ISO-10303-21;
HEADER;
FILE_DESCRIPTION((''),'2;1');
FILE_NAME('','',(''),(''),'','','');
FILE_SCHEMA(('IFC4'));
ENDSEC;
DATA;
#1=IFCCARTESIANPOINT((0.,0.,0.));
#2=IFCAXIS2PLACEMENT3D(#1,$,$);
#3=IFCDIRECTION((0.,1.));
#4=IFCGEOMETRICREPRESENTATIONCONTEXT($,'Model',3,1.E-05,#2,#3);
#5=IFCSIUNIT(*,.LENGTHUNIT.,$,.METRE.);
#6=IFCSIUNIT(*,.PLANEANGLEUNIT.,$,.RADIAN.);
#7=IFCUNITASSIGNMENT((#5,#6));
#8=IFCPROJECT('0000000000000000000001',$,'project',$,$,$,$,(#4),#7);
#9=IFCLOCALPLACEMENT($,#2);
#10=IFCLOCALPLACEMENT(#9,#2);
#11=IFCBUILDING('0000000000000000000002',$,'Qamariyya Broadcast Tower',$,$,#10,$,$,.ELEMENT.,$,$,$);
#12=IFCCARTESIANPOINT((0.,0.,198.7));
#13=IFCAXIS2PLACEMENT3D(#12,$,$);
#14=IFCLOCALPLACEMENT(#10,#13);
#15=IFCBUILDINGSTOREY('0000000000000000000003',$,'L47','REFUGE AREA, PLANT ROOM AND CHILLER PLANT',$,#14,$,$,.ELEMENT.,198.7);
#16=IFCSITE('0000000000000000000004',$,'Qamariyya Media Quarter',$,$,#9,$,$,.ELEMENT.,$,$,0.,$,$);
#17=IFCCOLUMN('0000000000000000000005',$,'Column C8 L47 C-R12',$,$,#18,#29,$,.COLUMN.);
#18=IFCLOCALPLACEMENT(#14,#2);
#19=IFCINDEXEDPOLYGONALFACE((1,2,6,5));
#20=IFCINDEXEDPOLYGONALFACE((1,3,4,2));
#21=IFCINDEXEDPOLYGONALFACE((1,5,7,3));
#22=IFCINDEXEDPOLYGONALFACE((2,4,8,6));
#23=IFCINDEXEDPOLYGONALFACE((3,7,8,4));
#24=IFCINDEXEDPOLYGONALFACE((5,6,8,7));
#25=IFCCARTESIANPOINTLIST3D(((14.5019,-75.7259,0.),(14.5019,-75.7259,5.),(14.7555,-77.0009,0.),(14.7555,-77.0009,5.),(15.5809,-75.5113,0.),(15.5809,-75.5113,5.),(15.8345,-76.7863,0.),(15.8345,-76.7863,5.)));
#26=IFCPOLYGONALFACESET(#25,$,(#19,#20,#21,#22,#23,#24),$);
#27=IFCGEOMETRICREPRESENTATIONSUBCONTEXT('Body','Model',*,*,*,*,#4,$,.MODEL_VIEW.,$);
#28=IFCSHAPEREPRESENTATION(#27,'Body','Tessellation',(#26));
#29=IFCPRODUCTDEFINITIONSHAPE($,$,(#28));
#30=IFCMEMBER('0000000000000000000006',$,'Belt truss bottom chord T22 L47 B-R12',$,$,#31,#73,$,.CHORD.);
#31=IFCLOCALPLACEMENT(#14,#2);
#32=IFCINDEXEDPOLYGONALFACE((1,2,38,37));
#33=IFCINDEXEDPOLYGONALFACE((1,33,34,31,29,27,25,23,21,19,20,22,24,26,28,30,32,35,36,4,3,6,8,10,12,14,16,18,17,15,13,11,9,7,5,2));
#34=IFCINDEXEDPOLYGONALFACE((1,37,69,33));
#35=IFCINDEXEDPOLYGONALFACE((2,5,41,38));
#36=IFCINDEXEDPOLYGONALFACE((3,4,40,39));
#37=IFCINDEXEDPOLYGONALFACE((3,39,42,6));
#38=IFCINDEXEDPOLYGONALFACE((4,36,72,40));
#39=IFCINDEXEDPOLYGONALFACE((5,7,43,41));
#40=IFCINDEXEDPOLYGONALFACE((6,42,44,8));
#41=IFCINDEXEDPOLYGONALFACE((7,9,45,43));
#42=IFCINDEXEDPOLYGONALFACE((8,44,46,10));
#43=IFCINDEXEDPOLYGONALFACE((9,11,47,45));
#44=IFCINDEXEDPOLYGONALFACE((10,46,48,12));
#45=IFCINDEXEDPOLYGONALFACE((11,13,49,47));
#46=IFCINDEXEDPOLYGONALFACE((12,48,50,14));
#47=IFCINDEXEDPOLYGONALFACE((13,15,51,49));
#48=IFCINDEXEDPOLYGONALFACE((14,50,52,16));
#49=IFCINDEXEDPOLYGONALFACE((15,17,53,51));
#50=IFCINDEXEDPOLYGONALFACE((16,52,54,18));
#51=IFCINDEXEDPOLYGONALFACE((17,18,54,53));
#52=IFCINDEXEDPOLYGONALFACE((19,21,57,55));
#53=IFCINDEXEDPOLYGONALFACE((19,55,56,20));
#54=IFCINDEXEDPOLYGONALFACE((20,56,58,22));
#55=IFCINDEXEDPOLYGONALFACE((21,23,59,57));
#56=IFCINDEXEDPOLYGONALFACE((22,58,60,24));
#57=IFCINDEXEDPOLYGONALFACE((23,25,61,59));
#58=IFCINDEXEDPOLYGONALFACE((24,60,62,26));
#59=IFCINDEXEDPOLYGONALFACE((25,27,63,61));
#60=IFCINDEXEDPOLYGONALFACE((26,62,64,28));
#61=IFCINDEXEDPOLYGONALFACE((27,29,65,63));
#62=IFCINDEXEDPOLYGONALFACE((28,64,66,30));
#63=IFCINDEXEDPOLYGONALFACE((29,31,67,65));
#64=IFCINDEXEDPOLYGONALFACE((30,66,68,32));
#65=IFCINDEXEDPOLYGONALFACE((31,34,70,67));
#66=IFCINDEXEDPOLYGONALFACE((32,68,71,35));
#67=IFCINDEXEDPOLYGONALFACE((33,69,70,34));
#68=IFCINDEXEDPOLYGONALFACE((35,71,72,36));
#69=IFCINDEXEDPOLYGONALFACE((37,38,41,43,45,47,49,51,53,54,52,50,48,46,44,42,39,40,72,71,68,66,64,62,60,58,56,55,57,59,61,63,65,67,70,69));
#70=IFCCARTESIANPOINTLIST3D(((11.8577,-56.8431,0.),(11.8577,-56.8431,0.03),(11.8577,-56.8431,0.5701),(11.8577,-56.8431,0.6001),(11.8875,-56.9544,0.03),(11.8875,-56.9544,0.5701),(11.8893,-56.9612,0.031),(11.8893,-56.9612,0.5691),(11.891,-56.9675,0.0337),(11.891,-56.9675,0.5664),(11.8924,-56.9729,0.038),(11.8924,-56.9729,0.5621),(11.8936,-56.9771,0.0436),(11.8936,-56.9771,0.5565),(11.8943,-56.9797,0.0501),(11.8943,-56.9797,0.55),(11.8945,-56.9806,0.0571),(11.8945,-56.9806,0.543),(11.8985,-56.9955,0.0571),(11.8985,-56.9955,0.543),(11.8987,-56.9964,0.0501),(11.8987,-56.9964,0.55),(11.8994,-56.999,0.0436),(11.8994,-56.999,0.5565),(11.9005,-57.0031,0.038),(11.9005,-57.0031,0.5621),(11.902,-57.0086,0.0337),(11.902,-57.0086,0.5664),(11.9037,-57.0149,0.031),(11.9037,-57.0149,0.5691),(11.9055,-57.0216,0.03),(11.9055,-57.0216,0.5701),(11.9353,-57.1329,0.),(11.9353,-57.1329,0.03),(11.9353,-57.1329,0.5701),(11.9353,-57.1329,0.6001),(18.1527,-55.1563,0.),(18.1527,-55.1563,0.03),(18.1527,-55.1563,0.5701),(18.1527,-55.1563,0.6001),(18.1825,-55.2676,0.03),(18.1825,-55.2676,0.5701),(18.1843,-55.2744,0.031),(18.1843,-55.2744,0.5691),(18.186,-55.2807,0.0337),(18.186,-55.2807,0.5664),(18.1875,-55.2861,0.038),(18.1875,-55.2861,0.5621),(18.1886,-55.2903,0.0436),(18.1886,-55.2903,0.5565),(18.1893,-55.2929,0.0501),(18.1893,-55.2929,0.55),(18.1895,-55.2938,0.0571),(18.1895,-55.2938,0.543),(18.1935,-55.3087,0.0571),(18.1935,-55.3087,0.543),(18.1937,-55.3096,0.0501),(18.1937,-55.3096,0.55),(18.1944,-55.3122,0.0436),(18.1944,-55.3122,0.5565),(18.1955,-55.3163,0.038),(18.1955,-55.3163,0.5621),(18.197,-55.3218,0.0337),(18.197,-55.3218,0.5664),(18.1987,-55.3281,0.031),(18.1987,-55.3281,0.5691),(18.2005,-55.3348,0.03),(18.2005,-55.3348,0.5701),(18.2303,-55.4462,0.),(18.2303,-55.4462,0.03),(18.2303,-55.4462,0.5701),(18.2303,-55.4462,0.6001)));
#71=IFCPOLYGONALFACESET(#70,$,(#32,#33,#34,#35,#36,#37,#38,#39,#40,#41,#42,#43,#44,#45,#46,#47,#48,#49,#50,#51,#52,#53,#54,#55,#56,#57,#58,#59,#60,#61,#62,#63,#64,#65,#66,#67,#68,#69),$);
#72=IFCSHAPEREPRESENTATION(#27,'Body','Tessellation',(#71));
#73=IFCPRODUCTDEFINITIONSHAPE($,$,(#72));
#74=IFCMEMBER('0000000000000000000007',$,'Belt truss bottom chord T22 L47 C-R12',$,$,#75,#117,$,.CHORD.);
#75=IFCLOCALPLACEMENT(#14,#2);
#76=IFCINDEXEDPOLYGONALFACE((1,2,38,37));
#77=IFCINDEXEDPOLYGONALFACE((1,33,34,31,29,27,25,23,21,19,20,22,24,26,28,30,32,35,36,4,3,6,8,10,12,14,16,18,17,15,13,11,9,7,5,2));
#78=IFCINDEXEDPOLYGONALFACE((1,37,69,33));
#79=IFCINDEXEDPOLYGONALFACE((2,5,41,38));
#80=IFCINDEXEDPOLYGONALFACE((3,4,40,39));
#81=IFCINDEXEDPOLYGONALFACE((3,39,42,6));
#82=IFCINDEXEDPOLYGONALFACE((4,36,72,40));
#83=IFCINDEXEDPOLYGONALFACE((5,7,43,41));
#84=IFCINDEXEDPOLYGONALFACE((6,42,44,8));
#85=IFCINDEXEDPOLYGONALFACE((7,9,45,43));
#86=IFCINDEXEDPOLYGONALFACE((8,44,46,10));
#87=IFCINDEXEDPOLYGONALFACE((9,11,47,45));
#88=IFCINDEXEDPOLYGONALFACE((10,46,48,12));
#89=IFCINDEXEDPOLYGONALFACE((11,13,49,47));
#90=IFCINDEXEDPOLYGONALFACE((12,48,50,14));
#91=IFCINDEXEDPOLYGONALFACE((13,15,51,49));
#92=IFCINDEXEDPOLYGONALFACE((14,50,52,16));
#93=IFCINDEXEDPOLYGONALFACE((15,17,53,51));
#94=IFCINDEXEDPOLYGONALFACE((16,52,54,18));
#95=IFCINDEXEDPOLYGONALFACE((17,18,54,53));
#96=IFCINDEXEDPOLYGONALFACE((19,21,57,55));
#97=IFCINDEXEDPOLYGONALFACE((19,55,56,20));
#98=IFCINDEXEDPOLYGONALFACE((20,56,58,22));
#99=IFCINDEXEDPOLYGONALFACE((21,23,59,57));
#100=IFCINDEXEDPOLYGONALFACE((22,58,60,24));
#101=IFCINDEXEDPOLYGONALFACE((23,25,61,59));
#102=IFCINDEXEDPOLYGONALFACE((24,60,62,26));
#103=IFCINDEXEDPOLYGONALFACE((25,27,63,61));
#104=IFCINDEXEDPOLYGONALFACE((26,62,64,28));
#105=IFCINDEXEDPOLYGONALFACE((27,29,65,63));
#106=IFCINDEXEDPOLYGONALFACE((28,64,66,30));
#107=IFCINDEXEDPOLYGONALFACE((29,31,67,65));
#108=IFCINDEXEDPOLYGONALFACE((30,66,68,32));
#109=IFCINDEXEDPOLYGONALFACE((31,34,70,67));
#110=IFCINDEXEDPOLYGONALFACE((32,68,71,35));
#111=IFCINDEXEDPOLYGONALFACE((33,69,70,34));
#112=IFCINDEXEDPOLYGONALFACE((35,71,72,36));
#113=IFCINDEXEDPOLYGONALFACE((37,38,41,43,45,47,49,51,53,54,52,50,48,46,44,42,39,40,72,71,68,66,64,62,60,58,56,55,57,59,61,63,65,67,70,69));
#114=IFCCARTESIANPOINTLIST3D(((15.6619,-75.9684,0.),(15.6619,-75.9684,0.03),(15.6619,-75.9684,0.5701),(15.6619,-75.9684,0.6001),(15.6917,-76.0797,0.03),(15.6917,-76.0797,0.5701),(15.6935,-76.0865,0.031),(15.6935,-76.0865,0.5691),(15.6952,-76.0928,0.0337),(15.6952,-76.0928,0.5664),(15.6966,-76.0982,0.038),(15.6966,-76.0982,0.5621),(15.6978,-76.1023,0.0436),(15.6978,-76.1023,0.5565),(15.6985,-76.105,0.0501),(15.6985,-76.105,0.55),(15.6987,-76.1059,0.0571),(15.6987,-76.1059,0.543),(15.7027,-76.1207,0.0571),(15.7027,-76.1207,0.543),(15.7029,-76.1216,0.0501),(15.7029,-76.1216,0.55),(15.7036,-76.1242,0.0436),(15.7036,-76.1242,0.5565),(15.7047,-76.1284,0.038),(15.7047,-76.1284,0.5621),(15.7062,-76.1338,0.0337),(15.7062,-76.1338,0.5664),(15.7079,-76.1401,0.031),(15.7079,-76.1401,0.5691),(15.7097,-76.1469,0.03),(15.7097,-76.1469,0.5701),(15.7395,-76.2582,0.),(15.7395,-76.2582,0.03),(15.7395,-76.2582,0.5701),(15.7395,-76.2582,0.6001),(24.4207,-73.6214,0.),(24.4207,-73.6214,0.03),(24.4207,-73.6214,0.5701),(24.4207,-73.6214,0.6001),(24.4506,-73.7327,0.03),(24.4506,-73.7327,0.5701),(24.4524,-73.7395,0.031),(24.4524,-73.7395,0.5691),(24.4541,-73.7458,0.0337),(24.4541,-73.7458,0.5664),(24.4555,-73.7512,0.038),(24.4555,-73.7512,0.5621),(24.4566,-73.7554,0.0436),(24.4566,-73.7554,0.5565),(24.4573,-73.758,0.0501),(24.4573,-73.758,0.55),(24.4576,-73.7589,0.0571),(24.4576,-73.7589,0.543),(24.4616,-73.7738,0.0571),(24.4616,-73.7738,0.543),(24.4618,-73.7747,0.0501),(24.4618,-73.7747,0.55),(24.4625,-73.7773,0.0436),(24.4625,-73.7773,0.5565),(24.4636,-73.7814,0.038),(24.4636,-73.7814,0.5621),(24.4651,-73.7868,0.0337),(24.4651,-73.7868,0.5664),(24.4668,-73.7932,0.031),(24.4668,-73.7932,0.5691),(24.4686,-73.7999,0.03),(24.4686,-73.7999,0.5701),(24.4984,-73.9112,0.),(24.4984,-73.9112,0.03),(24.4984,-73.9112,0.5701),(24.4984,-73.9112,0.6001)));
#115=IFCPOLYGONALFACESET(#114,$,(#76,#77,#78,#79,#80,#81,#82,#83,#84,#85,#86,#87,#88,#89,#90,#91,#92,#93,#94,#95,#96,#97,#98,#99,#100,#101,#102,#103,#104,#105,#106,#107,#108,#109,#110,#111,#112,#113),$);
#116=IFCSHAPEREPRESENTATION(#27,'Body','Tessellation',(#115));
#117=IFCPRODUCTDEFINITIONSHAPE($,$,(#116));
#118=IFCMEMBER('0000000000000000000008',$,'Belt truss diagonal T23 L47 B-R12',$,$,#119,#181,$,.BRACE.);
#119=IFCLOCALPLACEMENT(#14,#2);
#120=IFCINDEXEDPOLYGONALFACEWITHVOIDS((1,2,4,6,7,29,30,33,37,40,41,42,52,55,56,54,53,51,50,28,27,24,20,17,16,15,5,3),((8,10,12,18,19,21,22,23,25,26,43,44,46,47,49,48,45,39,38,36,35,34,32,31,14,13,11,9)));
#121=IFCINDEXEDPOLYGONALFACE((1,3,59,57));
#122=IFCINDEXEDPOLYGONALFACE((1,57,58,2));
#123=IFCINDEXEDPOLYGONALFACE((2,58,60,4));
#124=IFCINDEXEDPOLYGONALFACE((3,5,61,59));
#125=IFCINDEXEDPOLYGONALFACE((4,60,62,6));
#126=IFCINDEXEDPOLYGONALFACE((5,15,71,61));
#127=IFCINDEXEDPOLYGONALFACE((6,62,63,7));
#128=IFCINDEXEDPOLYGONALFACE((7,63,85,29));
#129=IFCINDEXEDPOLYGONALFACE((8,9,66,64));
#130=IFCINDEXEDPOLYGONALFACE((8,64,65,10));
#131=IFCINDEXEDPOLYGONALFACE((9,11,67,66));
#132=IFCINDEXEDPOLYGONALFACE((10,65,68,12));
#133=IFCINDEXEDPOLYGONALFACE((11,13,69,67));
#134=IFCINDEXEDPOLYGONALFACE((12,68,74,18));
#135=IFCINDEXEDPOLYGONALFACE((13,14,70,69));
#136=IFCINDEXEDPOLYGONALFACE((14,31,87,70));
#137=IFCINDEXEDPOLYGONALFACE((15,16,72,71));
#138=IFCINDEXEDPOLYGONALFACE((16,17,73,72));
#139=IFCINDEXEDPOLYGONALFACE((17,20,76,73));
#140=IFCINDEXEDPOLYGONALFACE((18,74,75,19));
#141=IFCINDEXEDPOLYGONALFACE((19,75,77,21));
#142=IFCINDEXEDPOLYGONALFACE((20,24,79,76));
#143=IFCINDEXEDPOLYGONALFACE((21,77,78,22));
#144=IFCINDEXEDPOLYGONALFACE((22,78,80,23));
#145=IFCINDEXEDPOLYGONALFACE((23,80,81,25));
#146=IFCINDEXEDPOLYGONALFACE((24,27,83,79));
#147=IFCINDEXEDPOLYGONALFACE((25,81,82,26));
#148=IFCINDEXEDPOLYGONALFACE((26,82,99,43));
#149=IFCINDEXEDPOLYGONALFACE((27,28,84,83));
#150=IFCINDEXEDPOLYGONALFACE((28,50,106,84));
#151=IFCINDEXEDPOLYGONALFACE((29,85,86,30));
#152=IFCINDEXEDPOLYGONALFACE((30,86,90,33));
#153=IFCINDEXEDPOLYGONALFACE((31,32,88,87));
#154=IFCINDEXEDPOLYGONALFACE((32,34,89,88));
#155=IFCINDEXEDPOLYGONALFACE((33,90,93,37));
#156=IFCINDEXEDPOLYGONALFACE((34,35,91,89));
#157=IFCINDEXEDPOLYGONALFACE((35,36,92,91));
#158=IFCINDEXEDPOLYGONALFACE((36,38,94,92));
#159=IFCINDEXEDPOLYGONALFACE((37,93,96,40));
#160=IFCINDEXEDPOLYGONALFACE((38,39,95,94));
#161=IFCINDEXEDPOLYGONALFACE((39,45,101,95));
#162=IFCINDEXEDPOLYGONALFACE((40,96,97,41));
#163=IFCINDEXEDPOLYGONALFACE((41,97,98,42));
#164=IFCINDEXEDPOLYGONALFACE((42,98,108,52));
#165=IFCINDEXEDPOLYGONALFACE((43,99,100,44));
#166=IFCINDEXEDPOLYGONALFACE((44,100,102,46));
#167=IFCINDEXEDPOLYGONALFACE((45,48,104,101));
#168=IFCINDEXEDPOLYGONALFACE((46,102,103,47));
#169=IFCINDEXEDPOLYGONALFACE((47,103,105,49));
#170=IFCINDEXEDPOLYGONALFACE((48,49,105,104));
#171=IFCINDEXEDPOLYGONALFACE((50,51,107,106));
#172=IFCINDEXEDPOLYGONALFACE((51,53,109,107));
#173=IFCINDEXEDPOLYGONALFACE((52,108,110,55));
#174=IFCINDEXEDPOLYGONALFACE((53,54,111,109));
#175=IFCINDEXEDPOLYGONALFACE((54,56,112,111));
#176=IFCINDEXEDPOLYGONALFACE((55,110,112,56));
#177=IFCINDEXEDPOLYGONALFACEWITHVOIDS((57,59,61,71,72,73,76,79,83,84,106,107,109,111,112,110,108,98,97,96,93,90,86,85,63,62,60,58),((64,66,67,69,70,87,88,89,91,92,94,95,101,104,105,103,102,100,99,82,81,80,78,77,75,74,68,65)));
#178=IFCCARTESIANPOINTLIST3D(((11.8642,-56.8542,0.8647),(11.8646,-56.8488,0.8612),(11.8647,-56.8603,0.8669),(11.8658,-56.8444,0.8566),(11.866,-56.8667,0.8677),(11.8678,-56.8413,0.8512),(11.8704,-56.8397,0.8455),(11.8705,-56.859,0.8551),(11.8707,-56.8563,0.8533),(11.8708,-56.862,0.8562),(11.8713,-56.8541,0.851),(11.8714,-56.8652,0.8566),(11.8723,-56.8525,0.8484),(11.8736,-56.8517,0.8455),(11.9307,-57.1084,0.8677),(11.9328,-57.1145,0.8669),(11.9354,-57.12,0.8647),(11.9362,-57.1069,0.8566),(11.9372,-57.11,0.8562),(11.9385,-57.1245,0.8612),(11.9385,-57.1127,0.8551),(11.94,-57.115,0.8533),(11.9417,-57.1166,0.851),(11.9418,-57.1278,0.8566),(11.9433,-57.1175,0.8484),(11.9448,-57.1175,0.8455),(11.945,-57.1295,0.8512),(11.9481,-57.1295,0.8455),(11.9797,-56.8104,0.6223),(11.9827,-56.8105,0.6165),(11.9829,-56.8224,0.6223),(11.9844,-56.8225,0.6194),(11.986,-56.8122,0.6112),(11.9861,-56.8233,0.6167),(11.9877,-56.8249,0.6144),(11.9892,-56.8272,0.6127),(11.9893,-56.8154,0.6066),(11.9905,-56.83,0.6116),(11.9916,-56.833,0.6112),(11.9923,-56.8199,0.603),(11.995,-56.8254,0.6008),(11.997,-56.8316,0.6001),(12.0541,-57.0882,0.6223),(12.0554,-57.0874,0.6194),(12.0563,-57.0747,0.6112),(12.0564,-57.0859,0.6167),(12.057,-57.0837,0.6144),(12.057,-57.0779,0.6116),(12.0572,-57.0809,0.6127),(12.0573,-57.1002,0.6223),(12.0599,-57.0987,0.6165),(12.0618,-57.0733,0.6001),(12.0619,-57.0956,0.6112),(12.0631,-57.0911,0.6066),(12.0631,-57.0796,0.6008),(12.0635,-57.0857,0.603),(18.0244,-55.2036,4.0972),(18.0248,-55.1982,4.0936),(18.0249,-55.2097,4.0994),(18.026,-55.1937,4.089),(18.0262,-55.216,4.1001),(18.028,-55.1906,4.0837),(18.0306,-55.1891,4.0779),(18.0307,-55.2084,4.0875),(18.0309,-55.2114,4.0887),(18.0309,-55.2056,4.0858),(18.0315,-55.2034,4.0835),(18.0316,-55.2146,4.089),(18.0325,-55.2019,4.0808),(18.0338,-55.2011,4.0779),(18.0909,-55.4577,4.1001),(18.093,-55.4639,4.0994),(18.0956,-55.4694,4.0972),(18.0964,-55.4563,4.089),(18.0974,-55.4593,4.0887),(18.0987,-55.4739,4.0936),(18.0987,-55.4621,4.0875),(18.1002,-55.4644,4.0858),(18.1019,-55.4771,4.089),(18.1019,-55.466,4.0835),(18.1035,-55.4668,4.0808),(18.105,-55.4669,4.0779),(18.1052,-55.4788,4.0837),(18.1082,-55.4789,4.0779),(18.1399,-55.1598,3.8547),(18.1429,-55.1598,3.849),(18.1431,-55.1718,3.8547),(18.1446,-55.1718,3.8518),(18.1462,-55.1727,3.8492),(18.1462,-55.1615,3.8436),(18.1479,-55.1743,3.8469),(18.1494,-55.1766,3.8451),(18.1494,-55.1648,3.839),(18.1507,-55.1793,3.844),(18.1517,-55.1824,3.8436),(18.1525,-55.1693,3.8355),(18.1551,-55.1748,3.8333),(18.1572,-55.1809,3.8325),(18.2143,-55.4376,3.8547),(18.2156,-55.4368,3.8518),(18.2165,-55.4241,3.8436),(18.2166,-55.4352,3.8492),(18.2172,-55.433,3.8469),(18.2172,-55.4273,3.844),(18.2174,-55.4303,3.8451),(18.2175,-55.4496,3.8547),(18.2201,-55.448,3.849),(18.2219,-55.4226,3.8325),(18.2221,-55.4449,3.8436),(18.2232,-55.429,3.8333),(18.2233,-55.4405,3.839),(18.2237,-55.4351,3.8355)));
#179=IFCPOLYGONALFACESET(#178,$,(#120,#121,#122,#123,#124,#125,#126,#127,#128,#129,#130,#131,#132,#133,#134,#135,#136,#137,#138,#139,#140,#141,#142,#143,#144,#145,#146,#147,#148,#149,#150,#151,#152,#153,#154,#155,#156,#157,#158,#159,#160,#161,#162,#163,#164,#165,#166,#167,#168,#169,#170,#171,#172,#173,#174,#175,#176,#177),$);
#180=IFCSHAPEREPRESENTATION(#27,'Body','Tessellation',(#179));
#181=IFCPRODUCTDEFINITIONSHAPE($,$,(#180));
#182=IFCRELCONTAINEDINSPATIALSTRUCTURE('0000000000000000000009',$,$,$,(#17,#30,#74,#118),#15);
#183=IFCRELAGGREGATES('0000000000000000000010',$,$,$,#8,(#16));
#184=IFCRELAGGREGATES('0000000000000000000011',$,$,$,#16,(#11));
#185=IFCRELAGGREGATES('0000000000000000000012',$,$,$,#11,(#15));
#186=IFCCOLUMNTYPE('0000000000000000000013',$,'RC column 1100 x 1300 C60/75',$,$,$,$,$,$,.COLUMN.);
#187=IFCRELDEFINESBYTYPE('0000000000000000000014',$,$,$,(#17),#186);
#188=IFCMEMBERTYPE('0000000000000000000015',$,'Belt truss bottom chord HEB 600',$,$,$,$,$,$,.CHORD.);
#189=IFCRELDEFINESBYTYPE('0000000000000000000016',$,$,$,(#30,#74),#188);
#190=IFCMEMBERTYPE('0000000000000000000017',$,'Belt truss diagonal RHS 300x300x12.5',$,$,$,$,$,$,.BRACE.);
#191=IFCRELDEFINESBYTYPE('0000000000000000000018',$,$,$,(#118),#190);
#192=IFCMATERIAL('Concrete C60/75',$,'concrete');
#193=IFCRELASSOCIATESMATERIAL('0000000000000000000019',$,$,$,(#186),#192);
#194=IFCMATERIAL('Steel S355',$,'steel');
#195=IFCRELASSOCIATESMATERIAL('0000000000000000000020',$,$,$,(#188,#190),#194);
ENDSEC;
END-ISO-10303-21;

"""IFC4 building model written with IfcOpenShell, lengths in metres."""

from ifc_helpers import new_model, si_unit, direction, frame, origin, origin_2d, place, context, subcontext, project, spatial, rectangle, hollow_rectangle, i_section, extrude, material, material_profile, profile_set, type_object, element, save


model = new_model("IFC4")

# Units and contexts
model_context = context("Model", 3, precision=1e-05, world=origin(), true_north=direction((0.0, 1.0)))
body_context = subcontext(model_context, "Body", "Model", "MODEL_VIEW")
ifc_project = project(units=[si_unit("LENGTHUNIT", "METRE"), si_unit("PLANEANGLEUNIT", "RADIAN")], contexts=[model_context])

# Site, building, storey
site_placement = place(None, origin())
site = spatial("IfcSite", under=ifc_project, at=site_placement, Name="Qamariyya Media Quarter", CompositionType="ELEMENT", RefElevation=0.0)
building_placement = place(site_placement, origin())
building = spatial("IfcBuilding", under=site, at=building_placement, Name="Qamariyya Broadcast Tower", CompositionType="ELEMENT")
storey_placement = place(building_placement, frame((0.0, 0.0, 198.7)))
storey = spatial("IfcBuildingStorey", under=building, at=storey_placement, Name="L47", Description="REFUGE AREA, PLANT ROOM AND CHILLER PLANT", CompositionType="ELEMENT", Elevation=198.7)

# Column
ifc_material_1 = material(Name="Concrete C60/75", Category="concrete")
ifc_material_profile_1 = material_profile(ifc_material_1, rectangle(XDim=1.1001, YDim=1.3, at=origin_2d()))
ifc_profile_set_1 = profile_set([ifc_material_profile_1], Name="Concrete C60/75")
column_type = type_object("IfcColumnType", Name="RC column 1100 x 1300 C60/75", PredefinedType="COLUMN", material=ifc_profile_set_1)
column_placement = place(storey_placement, frame((15.1682, -76.2561, 0.0), z_axis=(0.0, 0.0, 1.0), x_axis=(0.980785, 0.19509, 0.0)))
element("IfcColumn", 1, at=column_placement, inside=storey, type_object=column_type, Name="Column C8 L47 C-R12", PredefinedType="COLUMN", context=body_context, shape_type="SweptSolid", body=[
    extrude(rectangle(XDim=1.1001, YDim=1.3, at=origin_2d()), origin(), (0.0, 0.0, 1.0), 5.0),
])

# Members
ifc_material_2 = material(Name="Steel S355", Category="steel")
ifc_material_profile_2 = material_profile(ifc_material_2, i_section(OverallWidth=0.3, OverallDepth=0.6001, WebThickness=0.0154, FlangeThickness=0.03, FilletRadius=0.0271, at=origin_2d()))
ifc_profile_set_2 = profile_set([ifc_material_profile_2], Name="Steel S355")
member_type_1 = type_object("IfcMemberType", Name="Belt truss bottom chord HEB 600", PredefinedType="CHORD", material=ifc_profile_set_2)
member_1_placement = place(storey_placement, frame((11.8965, -56.988, 0.3), z_axis=(0.965924, 0.258826, 0.0), x_axis=(-0.258826, 0.965924, 0.0)))
element("IfcMember", 2, at=member_1_placement, inside=storey, type_object=member_type_1, Name="Belt truss bottom chord T22 L47 B-R12", PredefinedType="CHORD", context=body_context, shape_type="SweptSolid", body=[
    extrude(i_section(OverallWidth=0.3, OverallDepth=0.6001, WebThickness=0.0154, FlangeThickness=0.03, FilletRadius=0.0271, at=origin_2d()), origin(), (0.0, 0.0, 1.0), 6.5171),
])
member_2_placement = place(storey_placement, frame((15.7007, -76.1133, 0.3), z_axis=(0.965925, 0.25882, 0.0), x_axis=(-0.25882, 0.965925, 0.0)))
element("IfcMember", 3, at=member_2_placement, inside=storey, type_object=member_type_1, Name="Belt truss bottom chord T22 L47 C-R12", PredefinedType="CHORD", context=body_context, shape_type="SweptSolid", body=[
    extrude(i_section(OverallWidth=0.3, OverallDepth=0.6001, WebThickness=0.0154, FlangeThickness=0.03, FilletRadius=0.0271, at=origin_2d()), origin(), (0.0, 0.0, 1.0), 9.0679),
])
ifc_material_profile_3 = material_profile(ifc_material_2, hollow_rectangle(XDim=0.3, YDim=0.3, WallThickness=0.0125, InnerFilletRadius=0.0125, OuterFilletRadius=0.0249, at=origin_2d()))
ifc_profile_set_3 = profile_set([ifc_material_profile_3], Name="Steel S355")
member_type_2 = type_object("IfcMemberType", Name="Belt truss diagonal RHS 300x300x12.5", PredefinedType="BRACE", material=ifc_profile_set_3)
member_3_placement = place(storey_placement, frame((11.9639, -56.97, 0.7339), z_axis=(0.861576, 0.230862, 0.452095), x_axis=(-0.258823, 0.965925, 0.0)))
element("IfcMember", 4, at=member_3_placement, inside=storey, type_object=member_type_2, Name="Belt truss diagonal T23 L47 B-R12", PredefinedType="BRACE", context=body_context, shape_type="SweptSolid", body=[
    extrude(hollow_rectangle(XDim=0.3, YDim=0.3, WallThickness=0.0125, InnerFilletRadius=0.0125, OuterFilletRadius=0.0249, at=origin_2d()), origin(), (0.0, 0.0, 1.0), 7.1499),
])

save(model, "model.ifc")
